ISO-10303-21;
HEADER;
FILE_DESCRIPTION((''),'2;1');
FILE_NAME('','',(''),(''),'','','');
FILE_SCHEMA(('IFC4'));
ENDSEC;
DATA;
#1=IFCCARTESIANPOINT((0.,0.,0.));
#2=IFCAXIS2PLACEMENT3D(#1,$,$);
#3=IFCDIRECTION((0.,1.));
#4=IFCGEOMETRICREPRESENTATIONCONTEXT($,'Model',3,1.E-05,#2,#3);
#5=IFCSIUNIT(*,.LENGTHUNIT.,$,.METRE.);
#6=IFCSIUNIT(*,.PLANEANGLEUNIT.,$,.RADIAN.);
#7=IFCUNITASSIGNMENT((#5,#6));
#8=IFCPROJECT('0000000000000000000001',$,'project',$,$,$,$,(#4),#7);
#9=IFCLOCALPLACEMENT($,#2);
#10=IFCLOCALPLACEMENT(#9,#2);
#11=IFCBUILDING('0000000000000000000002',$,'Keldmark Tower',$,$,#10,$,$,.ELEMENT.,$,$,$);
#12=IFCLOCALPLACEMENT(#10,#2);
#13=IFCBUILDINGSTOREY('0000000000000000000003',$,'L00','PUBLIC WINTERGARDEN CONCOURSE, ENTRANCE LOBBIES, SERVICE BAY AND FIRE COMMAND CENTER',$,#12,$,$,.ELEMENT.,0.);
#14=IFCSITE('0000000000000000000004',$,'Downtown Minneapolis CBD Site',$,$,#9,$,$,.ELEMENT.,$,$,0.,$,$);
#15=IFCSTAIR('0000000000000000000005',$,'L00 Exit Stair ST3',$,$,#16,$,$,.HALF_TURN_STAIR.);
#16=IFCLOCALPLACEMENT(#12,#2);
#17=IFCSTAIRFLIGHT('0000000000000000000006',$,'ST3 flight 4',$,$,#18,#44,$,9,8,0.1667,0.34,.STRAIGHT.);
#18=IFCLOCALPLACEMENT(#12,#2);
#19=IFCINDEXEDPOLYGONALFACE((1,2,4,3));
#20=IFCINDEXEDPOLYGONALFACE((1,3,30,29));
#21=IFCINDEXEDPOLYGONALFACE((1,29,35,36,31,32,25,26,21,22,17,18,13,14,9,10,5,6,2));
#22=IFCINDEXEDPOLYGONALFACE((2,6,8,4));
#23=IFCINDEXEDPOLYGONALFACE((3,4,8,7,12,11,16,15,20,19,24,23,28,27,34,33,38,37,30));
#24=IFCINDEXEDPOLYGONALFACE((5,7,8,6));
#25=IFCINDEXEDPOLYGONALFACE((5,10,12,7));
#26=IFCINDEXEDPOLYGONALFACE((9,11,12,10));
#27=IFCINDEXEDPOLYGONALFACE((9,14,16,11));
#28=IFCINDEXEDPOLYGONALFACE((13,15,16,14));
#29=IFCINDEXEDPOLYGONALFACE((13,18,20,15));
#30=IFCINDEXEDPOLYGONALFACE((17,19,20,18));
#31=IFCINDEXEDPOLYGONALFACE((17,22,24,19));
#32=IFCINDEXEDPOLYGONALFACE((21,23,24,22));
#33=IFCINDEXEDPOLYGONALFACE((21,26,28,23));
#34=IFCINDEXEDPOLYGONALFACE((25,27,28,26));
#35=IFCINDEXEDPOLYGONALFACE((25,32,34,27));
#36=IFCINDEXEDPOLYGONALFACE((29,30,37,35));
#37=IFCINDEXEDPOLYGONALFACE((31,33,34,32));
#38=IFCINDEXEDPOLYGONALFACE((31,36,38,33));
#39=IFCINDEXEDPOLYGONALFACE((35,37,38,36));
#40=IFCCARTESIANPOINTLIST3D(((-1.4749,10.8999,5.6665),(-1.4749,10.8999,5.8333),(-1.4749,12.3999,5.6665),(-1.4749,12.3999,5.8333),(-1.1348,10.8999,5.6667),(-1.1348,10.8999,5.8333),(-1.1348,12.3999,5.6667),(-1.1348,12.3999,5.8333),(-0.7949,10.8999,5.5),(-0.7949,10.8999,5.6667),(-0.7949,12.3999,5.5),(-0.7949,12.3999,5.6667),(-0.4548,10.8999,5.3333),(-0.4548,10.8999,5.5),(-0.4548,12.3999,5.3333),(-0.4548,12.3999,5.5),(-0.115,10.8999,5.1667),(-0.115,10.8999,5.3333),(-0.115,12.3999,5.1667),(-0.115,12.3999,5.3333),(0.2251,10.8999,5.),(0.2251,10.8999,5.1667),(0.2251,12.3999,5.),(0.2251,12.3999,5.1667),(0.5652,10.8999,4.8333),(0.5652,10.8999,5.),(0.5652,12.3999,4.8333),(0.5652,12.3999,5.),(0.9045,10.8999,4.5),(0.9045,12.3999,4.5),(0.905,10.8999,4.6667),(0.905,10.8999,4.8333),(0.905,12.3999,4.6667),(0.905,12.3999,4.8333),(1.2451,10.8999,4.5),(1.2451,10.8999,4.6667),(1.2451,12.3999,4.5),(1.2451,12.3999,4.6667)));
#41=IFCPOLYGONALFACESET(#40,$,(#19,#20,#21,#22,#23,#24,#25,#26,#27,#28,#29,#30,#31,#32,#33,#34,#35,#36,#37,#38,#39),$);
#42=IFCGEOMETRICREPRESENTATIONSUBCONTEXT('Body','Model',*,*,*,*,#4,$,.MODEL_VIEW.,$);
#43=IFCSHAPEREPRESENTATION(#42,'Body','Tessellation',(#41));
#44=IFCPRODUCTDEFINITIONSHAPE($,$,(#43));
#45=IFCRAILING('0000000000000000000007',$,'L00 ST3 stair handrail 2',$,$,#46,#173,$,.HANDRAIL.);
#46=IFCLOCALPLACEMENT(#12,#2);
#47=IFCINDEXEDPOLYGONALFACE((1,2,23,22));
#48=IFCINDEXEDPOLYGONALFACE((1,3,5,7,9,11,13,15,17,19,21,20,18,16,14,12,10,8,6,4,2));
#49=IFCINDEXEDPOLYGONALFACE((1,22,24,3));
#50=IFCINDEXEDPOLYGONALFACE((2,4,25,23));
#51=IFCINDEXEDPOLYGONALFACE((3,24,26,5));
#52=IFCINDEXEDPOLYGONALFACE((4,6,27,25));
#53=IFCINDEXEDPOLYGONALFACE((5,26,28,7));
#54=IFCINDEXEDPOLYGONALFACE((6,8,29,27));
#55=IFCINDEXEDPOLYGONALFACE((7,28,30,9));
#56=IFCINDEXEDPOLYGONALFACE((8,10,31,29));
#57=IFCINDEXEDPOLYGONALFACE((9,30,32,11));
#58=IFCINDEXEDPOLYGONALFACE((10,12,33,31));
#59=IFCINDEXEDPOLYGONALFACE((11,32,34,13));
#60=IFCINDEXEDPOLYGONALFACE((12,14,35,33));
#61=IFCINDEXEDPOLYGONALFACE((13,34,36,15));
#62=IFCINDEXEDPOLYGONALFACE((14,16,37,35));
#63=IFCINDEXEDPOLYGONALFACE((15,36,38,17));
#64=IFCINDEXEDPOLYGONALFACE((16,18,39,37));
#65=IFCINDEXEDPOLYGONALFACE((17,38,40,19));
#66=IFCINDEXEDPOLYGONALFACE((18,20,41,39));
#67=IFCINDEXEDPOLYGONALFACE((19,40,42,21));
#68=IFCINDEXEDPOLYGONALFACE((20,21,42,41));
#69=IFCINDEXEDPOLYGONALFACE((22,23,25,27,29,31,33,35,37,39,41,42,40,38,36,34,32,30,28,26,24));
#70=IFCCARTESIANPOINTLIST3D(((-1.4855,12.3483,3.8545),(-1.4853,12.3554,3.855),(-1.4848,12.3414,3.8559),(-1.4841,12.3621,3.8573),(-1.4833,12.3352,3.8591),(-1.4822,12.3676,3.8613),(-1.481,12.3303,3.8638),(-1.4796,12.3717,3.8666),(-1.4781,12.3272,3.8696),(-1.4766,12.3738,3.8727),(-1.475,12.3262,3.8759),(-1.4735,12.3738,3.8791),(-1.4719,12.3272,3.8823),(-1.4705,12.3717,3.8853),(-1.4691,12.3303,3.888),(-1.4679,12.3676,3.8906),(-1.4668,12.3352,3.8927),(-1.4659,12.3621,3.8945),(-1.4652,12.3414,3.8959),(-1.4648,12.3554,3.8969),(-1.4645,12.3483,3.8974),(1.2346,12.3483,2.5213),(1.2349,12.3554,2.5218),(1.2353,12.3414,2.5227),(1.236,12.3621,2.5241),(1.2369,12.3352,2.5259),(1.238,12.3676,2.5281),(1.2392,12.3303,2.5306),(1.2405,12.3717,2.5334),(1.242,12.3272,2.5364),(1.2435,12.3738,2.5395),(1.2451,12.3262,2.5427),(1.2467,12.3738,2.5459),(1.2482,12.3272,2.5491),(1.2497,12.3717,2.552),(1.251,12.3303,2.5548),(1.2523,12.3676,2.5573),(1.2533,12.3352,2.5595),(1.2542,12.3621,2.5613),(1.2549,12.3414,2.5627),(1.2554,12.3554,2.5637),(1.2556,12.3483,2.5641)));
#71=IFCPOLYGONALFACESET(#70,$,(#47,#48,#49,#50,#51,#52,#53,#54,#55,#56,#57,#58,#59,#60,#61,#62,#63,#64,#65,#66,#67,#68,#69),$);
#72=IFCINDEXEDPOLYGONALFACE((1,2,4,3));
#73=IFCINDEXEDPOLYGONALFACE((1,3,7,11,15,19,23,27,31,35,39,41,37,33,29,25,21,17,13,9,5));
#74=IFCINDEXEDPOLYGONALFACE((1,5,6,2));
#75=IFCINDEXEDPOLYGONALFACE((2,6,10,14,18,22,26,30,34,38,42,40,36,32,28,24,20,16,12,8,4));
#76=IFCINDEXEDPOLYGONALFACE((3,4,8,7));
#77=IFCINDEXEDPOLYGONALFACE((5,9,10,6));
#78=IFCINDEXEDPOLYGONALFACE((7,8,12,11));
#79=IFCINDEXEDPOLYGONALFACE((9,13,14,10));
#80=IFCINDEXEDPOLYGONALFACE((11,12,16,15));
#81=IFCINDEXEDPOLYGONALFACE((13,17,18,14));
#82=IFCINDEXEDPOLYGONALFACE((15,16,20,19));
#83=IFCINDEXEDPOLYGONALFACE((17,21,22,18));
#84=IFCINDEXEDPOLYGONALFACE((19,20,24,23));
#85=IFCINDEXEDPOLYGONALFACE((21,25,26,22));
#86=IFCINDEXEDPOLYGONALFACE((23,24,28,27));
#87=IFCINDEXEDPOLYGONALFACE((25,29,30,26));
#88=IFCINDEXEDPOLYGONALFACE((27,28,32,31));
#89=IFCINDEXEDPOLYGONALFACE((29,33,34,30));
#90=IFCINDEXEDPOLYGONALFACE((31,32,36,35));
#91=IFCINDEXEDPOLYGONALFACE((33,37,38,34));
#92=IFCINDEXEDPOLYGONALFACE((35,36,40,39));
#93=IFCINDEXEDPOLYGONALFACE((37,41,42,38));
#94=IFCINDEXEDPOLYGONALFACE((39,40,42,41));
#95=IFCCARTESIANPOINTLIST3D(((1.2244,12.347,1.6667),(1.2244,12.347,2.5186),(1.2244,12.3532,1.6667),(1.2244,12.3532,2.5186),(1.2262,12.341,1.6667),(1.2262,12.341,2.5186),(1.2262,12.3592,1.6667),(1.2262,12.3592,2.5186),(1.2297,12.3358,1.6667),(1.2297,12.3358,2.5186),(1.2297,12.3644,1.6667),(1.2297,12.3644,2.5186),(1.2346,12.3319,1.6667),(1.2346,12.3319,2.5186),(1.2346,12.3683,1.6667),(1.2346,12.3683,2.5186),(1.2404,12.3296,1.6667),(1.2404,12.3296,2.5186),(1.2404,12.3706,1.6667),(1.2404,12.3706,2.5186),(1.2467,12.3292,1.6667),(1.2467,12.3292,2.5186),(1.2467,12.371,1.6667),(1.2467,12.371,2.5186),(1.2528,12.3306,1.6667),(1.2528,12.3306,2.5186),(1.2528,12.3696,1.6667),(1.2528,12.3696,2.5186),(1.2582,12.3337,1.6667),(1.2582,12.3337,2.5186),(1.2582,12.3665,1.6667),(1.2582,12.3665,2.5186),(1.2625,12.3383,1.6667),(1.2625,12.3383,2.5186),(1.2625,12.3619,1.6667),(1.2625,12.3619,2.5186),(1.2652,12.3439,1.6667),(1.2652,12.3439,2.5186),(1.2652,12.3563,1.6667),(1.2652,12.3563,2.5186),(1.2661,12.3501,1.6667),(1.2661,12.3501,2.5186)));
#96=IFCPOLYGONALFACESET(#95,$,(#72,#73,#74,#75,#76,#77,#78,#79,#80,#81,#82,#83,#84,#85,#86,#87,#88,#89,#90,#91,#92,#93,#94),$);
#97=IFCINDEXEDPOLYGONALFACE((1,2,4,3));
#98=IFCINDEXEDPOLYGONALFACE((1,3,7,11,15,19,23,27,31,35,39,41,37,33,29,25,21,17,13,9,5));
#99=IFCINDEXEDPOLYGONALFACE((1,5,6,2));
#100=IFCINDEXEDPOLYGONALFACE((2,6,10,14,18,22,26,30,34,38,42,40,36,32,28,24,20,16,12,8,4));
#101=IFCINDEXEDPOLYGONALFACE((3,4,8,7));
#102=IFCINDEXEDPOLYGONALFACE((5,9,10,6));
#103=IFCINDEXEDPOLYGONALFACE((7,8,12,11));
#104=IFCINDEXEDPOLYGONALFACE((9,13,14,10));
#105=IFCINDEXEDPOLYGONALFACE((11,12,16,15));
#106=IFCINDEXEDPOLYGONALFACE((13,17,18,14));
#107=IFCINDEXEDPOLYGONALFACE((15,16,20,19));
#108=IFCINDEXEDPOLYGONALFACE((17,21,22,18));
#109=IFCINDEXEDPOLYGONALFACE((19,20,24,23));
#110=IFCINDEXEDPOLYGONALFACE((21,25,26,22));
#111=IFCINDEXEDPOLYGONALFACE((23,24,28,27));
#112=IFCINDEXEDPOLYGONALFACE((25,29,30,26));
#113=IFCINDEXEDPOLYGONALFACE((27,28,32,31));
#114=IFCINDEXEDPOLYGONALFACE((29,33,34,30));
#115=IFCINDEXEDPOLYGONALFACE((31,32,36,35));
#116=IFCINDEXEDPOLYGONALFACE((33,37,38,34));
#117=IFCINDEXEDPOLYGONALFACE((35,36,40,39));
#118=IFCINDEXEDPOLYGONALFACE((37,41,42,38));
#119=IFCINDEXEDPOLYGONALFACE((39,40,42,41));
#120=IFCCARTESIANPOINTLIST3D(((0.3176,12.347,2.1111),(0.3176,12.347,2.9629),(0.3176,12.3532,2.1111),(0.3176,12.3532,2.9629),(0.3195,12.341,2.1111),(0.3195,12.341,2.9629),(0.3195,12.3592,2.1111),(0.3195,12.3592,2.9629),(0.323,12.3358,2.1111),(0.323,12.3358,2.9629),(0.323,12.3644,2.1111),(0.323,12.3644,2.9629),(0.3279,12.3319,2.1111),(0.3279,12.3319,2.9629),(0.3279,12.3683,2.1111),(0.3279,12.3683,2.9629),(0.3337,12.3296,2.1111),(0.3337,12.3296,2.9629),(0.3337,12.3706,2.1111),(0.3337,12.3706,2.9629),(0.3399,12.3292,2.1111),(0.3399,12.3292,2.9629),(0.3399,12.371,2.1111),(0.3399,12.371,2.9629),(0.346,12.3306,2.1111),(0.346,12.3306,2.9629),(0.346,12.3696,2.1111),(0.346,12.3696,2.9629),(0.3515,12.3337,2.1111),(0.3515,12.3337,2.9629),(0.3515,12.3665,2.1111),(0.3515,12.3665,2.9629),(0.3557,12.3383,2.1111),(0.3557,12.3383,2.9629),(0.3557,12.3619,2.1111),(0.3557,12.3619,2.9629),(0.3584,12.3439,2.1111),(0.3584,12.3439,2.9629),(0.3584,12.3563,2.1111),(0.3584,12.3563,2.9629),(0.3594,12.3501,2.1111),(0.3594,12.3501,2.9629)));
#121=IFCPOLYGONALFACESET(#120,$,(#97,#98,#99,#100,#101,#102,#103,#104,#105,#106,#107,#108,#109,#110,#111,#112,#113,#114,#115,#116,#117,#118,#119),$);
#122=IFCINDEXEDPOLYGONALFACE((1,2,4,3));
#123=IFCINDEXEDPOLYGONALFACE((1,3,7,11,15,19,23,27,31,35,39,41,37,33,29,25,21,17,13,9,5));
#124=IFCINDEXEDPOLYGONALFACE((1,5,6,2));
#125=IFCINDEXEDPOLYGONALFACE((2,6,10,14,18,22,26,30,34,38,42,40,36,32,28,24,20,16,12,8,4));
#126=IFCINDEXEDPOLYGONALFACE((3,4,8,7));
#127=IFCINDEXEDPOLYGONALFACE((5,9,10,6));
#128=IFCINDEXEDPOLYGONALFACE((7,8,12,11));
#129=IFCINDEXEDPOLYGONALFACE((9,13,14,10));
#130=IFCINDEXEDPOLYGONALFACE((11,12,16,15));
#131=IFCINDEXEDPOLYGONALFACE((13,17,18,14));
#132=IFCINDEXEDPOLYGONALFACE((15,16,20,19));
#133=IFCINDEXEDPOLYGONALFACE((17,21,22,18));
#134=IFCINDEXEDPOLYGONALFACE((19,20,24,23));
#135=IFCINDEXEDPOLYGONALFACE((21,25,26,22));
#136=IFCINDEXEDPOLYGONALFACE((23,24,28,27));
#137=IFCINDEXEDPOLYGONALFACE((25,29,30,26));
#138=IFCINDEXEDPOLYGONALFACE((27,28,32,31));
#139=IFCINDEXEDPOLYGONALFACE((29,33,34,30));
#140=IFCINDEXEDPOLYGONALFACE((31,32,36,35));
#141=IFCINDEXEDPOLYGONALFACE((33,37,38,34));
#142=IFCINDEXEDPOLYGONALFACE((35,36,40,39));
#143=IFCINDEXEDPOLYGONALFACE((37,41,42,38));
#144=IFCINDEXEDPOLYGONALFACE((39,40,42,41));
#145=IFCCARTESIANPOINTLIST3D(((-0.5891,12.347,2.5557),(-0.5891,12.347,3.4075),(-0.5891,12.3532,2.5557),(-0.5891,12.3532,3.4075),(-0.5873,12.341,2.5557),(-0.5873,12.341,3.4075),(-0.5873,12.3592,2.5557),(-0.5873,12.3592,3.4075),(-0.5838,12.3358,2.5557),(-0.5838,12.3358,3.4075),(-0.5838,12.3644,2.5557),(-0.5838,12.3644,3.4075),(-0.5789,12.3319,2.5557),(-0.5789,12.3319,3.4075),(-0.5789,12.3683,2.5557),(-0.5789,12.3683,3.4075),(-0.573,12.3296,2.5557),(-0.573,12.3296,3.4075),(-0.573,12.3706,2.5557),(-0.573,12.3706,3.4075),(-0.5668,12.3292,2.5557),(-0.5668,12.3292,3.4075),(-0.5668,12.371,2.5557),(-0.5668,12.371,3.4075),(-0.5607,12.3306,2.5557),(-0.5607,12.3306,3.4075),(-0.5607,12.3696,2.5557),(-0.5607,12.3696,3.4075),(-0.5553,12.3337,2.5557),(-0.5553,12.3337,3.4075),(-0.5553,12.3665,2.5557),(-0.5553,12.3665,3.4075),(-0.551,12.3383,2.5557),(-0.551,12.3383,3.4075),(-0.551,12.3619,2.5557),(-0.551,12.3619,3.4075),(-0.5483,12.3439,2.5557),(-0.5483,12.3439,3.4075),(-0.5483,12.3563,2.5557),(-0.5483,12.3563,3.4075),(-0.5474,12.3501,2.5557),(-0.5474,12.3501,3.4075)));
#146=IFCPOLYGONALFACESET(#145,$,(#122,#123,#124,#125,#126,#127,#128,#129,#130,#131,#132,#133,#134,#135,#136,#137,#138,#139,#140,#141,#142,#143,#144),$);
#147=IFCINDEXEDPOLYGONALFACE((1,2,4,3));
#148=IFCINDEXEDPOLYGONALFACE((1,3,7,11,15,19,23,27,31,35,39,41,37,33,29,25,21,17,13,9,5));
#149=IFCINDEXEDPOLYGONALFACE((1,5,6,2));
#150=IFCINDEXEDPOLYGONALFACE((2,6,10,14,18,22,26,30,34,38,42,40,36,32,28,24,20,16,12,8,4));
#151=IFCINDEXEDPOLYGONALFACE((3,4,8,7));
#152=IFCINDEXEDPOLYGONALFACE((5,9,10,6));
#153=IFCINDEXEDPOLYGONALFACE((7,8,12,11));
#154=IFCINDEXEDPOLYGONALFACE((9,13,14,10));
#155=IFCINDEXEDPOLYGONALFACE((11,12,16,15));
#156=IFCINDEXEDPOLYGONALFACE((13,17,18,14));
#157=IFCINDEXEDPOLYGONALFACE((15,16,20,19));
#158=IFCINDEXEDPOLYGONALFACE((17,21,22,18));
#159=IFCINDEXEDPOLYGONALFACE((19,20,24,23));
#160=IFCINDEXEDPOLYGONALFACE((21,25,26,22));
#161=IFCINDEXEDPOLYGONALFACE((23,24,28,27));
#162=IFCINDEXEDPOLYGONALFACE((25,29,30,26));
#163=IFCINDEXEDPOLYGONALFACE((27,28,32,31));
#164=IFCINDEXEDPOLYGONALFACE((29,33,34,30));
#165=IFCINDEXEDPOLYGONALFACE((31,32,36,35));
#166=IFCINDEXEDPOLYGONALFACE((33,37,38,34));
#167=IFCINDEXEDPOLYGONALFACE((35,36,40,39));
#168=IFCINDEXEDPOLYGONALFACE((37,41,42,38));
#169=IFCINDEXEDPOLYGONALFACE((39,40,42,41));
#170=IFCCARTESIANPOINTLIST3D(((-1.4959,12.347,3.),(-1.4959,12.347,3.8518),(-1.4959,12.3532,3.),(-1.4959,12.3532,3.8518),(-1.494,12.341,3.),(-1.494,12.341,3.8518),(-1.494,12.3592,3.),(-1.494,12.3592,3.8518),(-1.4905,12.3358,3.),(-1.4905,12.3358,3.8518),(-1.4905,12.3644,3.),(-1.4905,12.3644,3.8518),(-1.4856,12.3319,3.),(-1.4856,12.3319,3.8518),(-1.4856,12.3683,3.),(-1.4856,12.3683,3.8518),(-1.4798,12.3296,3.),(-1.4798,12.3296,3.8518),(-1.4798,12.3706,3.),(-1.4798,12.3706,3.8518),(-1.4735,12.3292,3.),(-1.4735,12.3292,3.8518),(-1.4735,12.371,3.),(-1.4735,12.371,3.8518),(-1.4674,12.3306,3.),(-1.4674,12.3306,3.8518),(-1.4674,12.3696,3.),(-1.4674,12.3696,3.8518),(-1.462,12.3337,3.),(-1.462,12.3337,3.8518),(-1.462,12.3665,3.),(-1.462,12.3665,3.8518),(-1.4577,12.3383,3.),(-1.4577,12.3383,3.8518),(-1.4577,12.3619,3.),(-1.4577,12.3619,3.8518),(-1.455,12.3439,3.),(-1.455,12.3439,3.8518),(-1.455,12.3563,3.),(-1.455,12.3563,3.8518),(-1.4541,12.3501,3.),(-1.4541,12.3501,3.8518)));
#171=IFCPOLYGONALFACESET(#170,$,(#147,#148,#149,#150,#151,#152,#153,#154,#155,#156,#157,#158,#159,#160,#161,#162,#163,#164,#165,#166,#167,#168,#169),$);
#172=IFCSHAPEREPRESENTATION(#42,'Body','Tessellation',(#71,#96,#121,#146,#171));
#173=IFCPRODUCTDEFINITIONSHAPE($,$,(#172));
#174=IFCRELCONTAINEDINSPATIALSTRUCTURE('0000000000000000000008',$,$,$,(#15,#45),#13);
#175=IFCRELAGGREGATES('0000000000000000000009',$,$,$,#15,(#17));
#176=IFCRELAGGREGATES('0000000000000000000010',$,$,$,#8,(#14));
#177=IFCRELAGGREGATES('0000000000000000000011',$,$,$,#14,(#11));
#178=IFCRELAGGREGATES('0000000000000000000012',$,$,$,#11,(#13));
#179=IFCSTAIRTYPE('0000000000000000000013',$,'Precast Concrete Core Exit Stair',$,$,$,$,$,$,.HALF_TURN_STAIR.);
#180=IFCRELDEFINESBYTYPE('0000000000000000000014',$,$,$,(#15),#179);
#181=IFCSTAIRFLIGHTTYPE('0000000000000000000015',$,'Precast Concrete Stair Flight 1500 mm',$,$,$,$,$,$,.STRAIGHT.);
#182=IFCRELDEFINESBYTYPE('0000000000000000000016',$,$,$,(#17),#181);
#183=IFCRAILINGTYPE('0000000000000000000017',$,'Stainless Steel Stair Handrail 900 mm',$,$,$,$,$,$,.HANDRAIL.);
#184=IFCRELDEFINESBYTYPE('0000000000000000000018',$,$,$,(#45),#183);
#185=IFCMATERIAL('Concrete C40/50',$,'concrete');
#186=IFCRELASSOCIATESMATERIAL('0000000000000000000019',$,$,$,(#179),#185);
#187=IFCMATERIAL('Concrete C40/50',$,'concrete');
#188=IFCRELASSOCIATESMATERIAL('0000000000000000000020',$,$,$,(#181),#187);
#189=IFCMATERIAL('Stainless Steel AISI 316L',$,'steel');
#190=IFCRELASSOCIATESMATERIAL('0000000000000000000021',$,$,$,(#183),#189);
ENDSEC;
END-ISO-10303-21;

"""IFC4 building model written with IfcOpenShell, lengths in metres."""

from ifc_helpers import new_model, si_unit, direction, frame, origin, origin_2d, place, context, subcontext, project, spatial, polyline, circle, outline, extrude, material, type_object, element, aggregate, save


model = new_model("IFC4")

# Units and contexts
model_context = context("Model", 3, precision=1e-05, world=origin(), true_north=direction((0.0, 1.0)))
body_context = subcontext(model_context, "Body", "Model", "MODEL_VIEW")
ifc_project = project(units=[si_unit("LENGTHUNIT", "METRE"), si_unit("PLANEANGLEUNIT", "RADIAN")], contexts=[model_context])

# Site, building, storey
site_placement = place(None, origin())
site = spatial("IfcSite", under=ifc_project, at=site_placement, Name="Downtown Minneapolis CBD Site", CompositionType="ELEMENT", RefElevation=0.0)
building_placement = place(site_placement, origin())
building = spatial("IfcBuilding", under=site, at=building_placement, Name="Keldmark Tower", CompositionType="ELEMENT")
storey_placement = place(building_placement, origin())
storey = spatial("IfcBuildingStorey", under=building, at=storey_placement, Name="L00", Description="PUBLIC WINTERGARDEN CONCOURSE, ENTRANCE LOBBIES, SERVICE BAY AND FIRE COMMAND CENTER", CompositionType="ELEMENT", Elevation=0.0)

# Stair, stair flight
ifc_material_1 = material(Name="Concrete C40/50", Category="concrete")
stair_type = type_object("IfcStairType", Name="Precast Concrete Core Exit Stair", PredefinedType="HALF_TURN_STAIR", material=ifc_material_1)
stair_placement = place(storey_placement, origin())
stair = element("IfcStair", 1, at=stair_placement, inside=storey, type_object=stair_type, Name="L00 Exit Stair ST3", PredefinedType="HALF_TURN_STAIR")
ifc_material_2 = material(Name="Concrete C40/50", Category="concrete")
stair_flight_type = type_object("IfcStairFlightType", Name="Precast Concrete Stair Flight 1500 mm", PredefinedType="STRAIGHT", material=ifc_material_2)
stair_flight_1_placement = place(storey_placement, frame((1.2451, 11.6499, 4.5), z_axis=(0.0, 0.0, 1.0), x_axis=(-1.0, 0.0, 0.0)))
stair_flight_1 = element("IfcStairFlight", 2, at=stair_flight_1_placement, type_object=stair_flight_type, Name="ST3 flight 4", NumberOfRisers=9, NumberOfTreads=8, PredefinedType="STRAIGHT", RiserHeight=0.1667, TreadLength=0.34, context=body_context, shape_type="SweptSolid", body=[
    extrude(outline(polyline([(0.0, 0.0), (0.0, 0.1667), (0.3401, 0.1667), (0.3401, 0.3333), (0.6799, 0.3333), (0.6799, 0.5), (1.02, 0.5), (1.02, 0.6667), (1.3601, 0.6667), (1.3601, 0.8333), (1.7, 0.8333), (1.7, 1.0), (2.04, 1.0), (2.04, 1.1667), (2.3799, 1.1667), (2.3799, 1.3333), (2.72, 1.3333), (2.72, 1.5), (2.72, 1.1665), (0.3406, 0.0), (0.0, 0.0)])), frame((0.0, 0.75, 0.0), z_axis=(0.0, -1.0, 0.0), x_axis=(1.0, 0.0, 0.0)), (0.0, 0.0, 1.0), 1.5),
])
aggregate(stair, [stair_flight_1])

# Railing
ifc_material_3 = material(Name="Stainless Steel AISI 316L", Category="steel")
railing_type = type_object("IfcRailingType", Name="Stainless Steel Stair Handrail 900 mm", PredefinedType="HANDRAIL", material=ifc_material_3)
for number, where, name in (
    (3, (1.2451, 12.3501, 1.6667), "L00 ST3 stair handrail 2"),
):
    element("IfcRailing", number, at=place(storey_placement, frame(where)), inside=storey, type_object=railing_type, Name=name, PredefinedType="HANDRAIL", context=body_context, shape_type="SweptSolid", body=[
        extrude(circle(Radius=0.0239, at=origin_2d()), frame((0.0, 0.0, 0.876), z_axis=(-0.897945, 0.0, 0.440108), x_axis=(0.0, -1.0, 0.0)), (0.0, 0.0, 1.0), 3.0293),
        extrude(circle(Radius=0.021, at=origin_2d()), origin(), (0.0, 0.0, 1.0), 0.8518),
        extrude(circle(Radius=0.021, at=origin_2d()), frame((-0.9067, 0.0, 0.4443)), (0.0, 0.0, 1.0), 0.8518),
        extrude(circle(Radius=0.021, at=origin_2d()), frame((-1.8135, 0.0, 0.8889)), (0.0, 0.0, 1.0), 0.8518),
        extrude(circle(Radius=0.021, at=origin_2d()), frame((-2.7202, 0.0, 1.3333)), (0.0, 0.0, 1.0), 0.8518),
    ])

save(model, "model.ifc")
